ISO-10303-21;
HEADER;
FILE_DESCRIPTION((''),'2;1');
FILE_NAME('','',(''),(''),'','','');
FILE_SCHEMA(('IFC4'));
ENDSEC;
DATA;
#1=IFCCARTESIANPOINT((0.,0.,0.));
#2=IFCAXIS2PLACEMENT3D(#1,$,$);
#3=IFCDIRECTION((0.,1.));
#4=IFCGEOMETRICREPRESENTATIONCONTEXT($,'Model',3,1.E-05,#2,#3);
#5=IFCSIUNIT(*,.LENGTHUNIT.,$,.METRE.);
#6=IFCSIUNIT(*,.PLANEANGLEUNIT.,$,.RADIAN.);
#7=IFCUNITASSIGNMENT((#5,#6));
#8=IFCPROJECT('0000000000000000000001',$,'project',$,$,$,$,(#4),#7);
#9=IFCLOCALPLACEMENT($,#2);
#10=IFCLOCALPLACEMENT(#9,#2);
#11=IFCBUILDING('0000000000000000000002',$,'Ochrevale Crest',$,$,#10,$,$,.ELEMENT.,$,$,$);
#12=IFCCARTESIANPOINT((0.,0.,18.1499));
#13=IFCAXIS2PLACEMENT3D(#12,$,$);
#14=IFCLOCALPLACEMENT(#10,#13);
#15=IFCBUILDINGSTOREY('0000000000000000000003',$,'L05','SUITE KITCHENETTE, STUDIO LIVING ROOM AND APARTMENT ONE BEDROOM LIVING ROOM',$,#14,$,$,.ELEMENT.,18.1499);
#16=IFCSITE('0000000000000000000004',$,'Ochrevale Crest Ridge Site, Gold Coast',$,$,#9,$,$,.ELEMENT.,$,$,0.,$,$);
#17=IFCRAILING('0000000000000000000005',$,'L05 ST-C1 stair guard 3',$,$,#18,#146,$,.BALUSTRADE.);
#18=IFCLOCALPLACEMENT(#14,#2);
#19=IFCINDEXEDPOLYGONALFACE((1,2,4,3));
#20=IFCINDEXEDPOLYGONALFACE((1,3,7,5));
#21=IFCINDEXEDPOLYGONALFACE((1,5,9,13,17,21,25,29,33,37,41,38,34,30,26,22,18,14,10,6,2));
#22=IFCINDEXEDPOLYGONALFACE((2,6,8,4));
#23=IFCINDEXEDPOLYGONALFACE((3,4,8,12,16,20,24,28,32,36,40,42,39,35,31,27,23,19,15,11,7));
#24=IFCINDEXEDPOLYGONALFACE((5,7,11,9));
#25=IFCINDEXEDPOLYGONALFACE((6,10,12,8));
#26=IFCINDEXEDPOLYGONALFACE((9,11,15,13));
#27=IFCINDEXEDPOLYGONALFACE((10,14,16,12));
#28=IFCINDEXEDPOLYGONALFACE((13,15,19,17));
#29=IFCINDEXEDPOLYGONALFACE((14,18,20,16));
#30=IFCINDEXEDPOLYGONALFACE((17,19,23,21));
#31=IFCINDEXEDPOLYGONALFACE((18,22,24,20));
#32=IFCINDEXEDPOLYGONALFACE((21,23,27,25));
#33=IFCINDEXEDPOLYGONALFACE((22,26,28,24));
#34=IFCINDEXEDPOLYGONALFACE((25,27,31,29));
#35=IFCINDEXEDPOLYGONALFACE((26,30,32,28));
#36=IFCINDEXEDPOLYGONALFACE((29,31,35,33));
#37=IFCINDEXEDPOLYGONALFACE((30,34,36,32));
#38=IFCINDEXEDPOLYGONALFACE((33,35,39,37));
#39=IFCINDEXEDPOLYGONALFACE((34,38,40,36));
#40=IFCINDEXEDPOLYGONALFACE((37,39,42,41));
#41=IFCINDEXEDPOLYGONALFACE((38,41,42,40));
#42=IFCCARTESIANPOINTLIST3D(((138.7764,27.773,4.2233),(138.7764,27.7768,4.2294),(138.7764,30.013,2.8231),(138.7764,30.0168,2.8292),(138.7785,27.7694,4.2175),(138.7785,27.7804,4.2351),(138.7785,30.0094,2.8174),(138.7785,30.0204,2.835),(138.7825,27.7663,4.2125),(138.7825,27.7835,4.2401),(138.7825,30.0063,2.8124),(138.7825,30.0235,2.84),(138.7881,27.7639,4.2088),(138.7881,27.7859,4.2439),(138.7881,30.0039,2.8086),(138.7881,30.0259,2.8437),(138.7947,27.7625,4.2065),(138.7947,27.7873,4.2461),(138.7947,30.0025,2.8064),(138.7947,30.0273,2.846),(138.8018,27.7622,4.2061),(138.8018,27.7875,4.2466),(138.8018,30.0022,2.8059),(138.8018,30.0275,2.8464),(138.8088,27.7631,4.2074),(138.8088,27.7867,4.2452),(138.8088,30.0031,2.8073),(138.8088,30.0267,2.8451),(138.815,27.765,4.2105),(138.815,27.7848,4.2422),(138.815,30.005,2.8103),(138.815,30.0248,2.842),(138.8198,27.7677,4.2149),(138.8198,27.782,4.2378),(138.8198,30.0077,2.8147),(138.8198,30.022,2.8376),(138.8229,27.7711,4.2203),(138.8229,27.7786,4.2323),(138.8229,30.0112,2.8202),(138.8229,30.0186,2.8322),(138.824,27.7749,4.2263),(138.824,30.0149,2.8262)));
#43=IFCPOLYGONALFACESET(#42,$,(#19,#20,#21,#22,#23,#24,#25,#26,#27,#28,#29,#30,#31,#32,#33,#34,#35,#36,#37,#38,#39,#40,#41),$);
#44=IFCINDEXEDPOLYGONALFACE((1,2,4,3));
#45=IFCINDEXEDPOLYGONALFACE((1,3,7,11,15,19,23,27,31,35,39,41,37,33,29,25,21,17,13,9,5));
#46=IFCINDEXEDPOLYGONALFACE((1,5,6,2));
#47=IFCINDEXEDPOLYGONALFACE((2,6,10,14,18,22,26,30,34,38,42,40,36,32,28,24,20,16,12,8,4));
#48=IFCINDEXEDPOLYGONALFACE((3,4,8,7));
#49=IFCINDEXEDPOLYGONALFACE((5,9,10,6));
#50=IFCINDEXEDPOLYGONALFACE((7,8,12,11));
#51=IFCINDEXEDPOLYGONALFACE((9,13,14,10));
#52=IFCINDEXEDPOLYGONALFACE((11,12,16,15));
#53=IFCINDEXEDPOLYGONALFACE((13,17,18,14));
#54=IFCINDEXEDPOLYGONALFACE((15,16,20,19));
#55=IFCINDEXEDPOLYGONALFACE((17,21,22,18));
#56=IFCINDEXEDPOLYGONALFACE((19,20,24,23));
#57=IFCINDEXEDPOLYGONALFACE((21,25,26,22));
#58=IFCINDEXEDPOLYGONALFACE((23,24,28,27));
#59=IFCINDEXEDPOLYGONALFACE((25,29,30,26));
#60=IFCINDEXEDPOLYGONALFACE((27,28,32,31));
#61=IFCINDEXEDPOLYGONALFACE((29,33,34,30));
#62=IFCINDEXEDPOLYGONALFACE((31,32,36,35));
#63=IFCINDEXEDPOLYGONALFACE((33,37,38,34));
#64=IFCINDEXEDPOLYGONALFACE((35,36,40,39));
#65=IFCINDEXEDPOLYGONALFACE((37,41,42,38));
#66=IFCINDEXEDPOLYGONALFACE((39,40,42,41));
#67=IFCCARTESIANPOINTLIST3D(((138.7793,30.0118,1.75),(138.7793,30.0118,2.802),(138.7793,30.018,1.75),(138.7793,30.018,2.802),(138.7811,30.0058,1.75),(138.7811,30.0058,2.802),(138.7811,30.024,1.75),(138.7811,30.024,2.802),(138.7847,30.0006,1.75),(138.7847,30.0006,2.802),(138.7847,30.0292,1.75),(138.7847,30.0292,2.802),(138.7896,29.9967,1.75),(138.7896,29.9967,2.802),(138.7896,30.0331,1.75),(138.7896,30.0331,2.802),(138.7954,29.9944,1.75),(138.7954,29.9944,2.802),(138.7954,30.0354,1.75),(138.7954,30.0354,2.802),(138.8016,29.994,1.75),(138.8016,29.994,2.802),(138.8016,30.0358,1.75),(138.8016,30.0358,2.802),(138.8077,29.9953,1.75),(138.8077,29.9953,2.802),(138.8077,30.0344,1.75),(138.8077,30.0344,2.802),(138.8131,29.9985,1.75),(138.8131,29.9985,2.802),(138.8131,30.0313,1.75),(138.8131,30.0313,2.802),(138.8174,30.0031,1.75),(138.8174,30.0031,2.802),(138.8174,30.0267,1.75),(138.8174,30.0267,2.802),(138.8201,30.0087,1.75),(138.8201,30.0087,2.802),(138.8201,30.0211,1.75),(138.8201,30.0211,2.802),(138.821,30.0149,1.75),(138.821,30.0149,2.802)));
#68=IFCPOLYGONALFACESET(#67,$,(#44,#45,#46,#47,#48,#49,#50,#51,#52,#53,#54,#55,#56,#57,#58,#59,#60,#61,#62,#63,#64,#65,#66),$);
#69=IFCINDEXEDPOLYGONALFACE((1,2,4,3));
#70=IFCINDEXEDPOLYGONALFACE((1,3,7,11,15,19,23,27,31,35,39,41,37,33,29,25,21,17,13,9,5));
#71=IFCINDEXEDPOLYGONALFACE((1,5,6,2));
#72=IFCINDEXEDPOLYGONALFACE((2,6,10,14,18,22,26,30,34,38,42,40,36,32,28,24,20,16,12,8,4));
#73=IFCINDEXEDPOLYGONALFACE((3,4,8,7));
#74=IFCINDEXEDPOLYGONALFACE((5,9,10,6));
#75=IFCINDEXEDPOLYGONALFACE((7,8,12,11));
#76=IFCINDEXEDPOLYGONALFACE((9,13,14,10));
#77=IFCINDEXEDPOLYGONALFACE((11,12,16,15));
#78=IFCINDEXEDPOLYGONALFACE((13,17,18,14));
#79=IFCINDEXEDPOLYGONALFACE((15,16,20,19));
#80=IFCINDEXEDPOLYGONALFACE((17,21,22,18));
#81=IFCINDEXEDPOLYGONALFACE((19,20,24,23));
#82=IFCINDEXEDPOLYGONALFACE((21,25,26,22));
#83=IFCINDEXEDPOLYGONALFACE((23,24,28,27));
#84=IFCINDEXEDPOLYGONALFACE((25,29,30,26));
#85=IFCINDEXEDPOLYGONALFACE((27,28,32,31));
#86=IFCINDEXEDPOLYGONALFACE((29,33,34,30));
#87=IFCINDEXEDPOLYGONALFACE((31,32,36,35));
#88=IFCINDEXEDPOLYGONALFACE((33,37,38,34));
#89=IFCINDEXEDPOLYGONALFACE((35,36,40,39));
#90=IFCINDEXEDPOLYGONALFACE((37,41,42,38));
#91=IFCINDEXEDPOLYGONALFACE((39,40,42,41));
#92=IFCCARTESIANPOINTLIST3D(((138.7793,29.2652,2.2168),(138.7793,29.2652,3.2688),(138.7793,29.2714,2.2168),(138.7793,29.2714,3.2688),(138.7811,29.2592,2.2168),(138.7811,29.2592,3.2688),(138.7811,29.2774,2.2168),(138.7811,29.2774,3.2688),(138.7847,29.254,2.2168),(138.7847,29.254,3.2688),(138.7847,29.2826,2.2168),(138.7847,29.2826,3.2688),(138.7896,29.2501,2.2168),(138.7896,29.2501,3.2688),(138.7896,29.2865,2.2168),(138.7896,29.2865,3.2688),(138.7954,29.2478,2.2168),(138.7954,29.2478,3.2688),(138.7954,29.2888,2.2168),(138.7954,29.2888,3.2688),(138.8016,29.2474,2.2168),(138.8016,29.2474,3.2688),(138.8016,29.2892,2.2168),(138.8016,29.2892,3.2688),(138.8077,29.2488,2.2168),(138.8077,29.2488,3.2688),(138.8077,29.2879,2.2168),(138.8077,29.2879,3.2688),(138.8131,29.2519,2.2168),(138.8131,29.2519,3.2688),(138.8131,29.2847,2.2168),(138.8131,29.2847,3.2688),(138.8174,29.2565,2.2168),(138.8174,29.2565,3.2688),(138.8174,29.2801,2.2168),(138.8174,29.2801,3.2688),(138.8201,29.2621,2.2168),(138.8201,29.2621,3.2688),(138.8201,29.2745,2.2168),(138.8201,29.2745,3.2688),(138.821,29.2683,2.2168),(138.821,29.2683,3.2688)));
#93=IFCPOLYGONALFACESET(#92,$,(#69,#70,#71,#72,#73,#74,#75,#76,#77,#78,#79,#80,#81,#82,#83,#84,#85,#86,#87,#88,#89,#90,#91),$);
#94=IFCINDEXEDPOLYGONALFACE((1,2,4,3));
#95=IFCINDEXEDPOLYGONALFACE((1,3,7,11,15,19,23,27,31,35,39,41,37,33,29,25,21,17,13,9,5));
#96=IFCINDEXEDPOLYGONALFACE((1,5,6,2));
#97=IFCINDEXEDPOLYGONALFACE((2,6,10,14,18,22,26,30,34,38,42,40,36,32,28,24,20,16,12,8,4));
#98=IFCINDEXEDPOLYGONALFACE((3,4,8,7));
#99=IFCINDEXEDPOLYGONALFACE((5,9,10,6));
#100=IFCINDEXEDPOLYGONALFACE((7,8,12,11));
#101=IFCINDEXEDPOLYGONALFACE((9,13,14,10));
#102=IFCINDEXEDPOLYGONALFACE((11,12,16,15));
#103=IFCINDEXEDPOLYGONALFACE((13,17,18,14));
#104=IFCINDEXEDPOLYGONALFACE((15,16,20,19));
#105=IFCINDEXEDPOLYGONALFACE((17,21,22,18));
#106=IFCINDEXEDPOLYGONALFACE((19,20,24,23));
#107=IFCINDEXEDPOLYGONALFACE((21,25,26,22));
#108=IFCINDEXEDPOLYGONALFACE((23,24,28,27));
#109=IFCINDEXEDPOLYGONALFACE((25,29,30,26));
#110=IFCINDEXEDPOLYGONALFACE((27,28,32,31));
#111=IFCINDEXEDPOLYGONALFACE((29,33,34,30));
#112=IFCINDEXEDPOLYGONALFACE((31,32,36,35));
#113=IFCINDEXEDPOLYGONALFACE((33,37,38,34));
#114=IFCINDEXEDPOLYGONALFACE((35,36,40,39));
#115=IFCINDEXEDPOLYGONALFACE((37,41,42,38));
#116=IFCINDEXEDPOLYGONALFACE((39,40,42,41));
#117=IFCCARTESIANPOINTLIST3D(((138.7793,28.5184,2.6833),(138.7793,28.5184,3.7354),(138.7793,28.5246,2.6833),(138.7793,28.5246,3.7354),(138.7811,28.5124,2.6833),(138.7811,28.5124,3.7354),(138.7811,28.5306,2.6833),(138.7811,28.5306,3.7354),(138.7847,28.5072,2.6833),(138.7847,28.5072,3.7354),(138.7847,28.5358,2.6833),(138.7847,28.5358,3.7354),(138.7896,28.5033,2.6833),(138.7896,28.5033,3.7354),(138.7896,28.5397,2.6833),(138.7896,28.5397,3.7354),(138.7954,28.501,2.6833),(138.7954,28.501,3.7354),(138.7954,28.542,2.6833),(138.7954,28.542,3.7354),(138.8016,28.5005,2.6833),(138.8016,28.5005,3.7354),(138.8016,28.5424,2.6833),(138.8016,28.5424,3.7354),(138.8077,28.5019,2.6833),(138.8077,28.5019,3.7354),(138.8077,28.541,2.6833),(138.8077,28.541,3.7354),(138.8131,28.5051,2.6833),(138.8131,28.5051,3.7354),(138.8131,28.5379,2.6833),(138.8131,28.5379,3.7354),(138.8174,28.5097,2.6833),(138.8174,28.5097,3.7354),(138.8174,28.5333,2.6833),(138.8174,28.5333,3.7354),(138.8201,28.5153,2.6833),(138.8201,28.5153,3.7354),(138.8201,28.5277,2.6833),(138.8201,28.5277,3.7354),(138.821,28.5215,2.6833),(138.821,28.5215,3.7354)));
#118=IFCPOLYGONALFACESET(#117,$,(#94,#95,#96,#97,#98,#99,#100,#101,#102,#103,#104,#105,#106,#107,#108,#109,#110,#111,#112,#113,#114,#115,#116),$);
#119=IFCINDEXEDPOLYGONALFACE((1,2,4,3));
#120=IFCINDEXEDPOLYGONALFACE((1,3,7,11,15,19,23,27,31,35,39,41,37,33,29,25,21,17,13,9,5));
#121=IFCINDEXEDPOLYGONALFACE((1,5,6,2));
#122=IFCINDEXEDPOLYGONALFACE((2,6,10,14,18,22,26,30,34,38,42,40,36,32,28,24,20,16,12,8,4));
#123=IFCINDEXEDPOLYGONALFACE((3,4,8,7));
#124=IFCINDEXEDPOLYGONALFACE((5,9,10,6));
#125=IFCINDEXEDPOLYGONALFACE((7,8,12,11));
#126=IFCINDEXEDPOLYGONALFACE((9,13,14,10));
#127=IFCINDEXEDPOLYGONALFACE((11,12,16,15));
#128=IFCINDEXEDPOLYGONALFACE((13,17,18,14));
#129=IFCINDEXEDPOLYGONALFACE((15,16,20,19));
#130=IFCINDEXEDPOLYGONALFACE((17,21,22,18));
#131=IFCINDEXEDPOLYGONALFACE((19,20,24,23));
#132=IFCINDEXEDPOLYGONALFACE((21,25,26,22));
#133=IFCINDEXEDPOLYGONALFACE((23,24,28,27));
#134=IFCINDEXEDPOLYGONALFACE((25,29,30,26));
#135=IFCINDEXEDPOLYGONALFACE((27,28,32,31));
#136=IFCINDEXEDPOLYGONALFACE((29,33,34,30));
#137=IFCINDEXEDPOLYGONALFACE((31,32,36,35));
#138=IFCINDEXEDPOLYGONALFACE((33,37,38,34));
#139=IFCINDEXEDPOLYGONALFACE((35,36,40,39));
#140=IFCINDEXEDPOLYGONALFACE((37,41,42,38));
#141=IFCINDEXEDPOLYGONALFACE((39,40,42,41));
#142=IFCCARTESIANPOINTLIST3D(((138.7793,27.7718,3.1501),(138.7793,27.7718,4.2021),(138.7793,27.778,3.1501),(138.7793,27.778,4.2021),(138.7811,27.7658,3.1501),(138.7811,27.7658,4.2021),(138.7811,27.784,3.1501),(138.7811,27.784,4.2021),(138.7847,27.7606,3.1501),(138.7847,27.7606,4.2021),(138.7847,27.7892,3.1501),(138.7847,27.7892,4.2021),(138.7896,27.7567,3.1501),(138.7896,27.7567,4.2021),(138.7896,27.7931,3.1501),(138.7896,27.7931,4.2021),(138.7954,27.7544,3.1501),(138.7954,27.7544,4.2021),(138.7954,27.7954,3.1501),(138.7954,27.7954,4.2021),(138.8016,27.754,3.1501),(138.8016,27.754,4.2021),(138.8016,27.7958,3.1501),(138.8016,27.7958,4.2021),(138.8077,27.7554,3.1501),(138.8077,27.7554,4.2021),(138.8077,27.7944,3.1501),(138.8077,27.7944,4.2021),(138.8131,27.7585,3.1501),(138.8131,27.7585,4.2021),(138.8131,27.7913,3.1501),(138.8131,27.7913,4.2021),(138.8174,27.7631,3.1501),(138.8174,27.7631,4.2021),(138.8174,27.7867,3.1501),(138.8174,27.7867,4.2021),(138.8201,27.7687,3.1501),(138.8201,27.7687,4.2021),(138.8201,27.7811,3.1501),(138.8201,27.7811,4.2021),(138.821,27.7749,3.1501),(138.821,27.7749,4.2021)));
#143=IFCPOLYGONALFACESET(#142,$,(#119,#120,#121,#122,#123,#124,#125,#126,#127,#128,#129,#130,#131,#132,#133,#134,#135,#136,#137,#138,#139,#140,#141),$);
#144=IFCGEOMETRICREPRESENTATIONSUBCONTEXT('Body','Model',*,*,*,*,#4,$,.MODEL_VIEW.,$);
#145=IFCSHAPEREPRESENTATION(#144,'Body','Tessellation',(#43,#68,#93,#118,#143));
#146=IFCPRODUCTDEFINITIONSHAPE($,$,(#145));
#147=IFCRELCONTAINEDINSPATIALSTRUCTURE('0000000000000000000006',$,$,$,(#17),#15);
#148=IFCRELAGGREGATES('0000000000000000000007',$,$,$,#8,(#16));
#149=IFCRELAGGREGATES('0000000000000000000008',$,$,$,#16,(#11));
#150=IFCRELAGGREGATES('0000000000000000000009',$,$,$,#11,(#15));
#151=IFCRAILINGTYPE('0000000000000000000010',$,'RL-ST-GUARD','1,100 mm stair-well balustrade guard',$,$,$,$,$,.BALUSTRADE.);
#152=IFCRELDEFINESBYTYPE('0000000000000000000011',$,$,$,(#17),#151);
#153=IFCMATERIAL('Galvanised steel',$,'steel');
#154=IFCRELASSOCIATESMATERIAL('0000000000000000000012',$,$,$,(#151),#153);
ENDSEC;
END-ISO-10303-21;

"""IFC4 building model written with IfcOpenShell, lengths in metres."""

from ifc_helpers import new_model, si_unit, direction, frame, origin, origin_2d, place, context, subcontext, project, spatial, circle, extrude, material, type_object, element, save


model = new_model("IFC4")

# Units and contexts
model_context = context("Model", 3, precision=1e-05, world=origin(), true_north=direction((0.0, 1.0)))
body_context = subcontext(model_context, "Body", "Model", "MODEL_VIEW")
ifc_project = project(units=[si_unit("LENGTHUNIT", "METRE"), si_unit("PLANEANGLEUNIT", "RADIAN")], contexts=[model_context])

# Site, building, storey
site_placement = place(None, origin())
site = spatial("IfcSite", under=ifc_project, at=site_placement, Name="Ochrevale Crest Ridge Site, Gold Coast", CompositionType="ELEMENT", RefElevation=0.0)
building_placement = place(site_placement, origin())
building = spatial("IfcBuilding", under=site, at=building_placement, Name="Ochrevale Crest", CompositionType="ELEMENT")
storey_placement = place(building_placement, frame((0.0, 0.0, 18.1499)))
storey = spatial("IfcBuildingStorey", under=building, at=storey_placement, Name="L05", Description="SUITE KITCHENETTE, STUDIO LIVING ROOM AND APARTMENT ONE BEDROOM LIVING ROOM", CompositionType="ELEMENT", Elevation=18.1499)

# Railing
ifc_material_1 = material(Name="Galvanised steel", Category="steel")
railing_type = type_object("IfcRailingType", Name="RL-ST-GUARD", Description="1,100 mm stair-well balustrade guard", PredefinedType="BALUSTRADE", material=ifc_material_1)
railing_1_placement = place(storey_placement, frame((138.8, 30.0149, 1.75)))
element("IfcRailing", 1, at=railing_1_placement, inside=storey, type_object=railing_type, Name="L05 ST-C1 stair guard 3", PredefinedType="BALUSTRADE", context=body_context, shape_type="SweptSolid", body=[
    extrude(circle(Radius=0.0239, at=origin_2d()), frame((0.0, 0.0, 1.0762), z_axis=(0.0, -0.847972, 0.53004), x_axis=(1.0, 0.0, 0.0)), (0.0, 0.0, 1.0), 2.6416),
    extrude(circle(Radius=0.021, at=origin_2d()), origin(), (0.0, 0.0, 1.0), 1.052),
    extrude(circle(Radius=0.021, at=origin_2d()), frame((0.0, -0.7466, 0.4668)), (0.0, 0.0, 1.0), 1.052),
    extrude(circle(Radius=0.021, at=origin_2d()), frame((0.0, -1.4934, 0.9333)), (0.0, 0.0, 1.0), 1.052),
    extrude(circle(Radius=0.021, at=origin_2d()), frame((0.0, -2.24, 1.4001)), (0.0, 0.0, 1.0), 1.052),
])

save(model, "model.ifc")
